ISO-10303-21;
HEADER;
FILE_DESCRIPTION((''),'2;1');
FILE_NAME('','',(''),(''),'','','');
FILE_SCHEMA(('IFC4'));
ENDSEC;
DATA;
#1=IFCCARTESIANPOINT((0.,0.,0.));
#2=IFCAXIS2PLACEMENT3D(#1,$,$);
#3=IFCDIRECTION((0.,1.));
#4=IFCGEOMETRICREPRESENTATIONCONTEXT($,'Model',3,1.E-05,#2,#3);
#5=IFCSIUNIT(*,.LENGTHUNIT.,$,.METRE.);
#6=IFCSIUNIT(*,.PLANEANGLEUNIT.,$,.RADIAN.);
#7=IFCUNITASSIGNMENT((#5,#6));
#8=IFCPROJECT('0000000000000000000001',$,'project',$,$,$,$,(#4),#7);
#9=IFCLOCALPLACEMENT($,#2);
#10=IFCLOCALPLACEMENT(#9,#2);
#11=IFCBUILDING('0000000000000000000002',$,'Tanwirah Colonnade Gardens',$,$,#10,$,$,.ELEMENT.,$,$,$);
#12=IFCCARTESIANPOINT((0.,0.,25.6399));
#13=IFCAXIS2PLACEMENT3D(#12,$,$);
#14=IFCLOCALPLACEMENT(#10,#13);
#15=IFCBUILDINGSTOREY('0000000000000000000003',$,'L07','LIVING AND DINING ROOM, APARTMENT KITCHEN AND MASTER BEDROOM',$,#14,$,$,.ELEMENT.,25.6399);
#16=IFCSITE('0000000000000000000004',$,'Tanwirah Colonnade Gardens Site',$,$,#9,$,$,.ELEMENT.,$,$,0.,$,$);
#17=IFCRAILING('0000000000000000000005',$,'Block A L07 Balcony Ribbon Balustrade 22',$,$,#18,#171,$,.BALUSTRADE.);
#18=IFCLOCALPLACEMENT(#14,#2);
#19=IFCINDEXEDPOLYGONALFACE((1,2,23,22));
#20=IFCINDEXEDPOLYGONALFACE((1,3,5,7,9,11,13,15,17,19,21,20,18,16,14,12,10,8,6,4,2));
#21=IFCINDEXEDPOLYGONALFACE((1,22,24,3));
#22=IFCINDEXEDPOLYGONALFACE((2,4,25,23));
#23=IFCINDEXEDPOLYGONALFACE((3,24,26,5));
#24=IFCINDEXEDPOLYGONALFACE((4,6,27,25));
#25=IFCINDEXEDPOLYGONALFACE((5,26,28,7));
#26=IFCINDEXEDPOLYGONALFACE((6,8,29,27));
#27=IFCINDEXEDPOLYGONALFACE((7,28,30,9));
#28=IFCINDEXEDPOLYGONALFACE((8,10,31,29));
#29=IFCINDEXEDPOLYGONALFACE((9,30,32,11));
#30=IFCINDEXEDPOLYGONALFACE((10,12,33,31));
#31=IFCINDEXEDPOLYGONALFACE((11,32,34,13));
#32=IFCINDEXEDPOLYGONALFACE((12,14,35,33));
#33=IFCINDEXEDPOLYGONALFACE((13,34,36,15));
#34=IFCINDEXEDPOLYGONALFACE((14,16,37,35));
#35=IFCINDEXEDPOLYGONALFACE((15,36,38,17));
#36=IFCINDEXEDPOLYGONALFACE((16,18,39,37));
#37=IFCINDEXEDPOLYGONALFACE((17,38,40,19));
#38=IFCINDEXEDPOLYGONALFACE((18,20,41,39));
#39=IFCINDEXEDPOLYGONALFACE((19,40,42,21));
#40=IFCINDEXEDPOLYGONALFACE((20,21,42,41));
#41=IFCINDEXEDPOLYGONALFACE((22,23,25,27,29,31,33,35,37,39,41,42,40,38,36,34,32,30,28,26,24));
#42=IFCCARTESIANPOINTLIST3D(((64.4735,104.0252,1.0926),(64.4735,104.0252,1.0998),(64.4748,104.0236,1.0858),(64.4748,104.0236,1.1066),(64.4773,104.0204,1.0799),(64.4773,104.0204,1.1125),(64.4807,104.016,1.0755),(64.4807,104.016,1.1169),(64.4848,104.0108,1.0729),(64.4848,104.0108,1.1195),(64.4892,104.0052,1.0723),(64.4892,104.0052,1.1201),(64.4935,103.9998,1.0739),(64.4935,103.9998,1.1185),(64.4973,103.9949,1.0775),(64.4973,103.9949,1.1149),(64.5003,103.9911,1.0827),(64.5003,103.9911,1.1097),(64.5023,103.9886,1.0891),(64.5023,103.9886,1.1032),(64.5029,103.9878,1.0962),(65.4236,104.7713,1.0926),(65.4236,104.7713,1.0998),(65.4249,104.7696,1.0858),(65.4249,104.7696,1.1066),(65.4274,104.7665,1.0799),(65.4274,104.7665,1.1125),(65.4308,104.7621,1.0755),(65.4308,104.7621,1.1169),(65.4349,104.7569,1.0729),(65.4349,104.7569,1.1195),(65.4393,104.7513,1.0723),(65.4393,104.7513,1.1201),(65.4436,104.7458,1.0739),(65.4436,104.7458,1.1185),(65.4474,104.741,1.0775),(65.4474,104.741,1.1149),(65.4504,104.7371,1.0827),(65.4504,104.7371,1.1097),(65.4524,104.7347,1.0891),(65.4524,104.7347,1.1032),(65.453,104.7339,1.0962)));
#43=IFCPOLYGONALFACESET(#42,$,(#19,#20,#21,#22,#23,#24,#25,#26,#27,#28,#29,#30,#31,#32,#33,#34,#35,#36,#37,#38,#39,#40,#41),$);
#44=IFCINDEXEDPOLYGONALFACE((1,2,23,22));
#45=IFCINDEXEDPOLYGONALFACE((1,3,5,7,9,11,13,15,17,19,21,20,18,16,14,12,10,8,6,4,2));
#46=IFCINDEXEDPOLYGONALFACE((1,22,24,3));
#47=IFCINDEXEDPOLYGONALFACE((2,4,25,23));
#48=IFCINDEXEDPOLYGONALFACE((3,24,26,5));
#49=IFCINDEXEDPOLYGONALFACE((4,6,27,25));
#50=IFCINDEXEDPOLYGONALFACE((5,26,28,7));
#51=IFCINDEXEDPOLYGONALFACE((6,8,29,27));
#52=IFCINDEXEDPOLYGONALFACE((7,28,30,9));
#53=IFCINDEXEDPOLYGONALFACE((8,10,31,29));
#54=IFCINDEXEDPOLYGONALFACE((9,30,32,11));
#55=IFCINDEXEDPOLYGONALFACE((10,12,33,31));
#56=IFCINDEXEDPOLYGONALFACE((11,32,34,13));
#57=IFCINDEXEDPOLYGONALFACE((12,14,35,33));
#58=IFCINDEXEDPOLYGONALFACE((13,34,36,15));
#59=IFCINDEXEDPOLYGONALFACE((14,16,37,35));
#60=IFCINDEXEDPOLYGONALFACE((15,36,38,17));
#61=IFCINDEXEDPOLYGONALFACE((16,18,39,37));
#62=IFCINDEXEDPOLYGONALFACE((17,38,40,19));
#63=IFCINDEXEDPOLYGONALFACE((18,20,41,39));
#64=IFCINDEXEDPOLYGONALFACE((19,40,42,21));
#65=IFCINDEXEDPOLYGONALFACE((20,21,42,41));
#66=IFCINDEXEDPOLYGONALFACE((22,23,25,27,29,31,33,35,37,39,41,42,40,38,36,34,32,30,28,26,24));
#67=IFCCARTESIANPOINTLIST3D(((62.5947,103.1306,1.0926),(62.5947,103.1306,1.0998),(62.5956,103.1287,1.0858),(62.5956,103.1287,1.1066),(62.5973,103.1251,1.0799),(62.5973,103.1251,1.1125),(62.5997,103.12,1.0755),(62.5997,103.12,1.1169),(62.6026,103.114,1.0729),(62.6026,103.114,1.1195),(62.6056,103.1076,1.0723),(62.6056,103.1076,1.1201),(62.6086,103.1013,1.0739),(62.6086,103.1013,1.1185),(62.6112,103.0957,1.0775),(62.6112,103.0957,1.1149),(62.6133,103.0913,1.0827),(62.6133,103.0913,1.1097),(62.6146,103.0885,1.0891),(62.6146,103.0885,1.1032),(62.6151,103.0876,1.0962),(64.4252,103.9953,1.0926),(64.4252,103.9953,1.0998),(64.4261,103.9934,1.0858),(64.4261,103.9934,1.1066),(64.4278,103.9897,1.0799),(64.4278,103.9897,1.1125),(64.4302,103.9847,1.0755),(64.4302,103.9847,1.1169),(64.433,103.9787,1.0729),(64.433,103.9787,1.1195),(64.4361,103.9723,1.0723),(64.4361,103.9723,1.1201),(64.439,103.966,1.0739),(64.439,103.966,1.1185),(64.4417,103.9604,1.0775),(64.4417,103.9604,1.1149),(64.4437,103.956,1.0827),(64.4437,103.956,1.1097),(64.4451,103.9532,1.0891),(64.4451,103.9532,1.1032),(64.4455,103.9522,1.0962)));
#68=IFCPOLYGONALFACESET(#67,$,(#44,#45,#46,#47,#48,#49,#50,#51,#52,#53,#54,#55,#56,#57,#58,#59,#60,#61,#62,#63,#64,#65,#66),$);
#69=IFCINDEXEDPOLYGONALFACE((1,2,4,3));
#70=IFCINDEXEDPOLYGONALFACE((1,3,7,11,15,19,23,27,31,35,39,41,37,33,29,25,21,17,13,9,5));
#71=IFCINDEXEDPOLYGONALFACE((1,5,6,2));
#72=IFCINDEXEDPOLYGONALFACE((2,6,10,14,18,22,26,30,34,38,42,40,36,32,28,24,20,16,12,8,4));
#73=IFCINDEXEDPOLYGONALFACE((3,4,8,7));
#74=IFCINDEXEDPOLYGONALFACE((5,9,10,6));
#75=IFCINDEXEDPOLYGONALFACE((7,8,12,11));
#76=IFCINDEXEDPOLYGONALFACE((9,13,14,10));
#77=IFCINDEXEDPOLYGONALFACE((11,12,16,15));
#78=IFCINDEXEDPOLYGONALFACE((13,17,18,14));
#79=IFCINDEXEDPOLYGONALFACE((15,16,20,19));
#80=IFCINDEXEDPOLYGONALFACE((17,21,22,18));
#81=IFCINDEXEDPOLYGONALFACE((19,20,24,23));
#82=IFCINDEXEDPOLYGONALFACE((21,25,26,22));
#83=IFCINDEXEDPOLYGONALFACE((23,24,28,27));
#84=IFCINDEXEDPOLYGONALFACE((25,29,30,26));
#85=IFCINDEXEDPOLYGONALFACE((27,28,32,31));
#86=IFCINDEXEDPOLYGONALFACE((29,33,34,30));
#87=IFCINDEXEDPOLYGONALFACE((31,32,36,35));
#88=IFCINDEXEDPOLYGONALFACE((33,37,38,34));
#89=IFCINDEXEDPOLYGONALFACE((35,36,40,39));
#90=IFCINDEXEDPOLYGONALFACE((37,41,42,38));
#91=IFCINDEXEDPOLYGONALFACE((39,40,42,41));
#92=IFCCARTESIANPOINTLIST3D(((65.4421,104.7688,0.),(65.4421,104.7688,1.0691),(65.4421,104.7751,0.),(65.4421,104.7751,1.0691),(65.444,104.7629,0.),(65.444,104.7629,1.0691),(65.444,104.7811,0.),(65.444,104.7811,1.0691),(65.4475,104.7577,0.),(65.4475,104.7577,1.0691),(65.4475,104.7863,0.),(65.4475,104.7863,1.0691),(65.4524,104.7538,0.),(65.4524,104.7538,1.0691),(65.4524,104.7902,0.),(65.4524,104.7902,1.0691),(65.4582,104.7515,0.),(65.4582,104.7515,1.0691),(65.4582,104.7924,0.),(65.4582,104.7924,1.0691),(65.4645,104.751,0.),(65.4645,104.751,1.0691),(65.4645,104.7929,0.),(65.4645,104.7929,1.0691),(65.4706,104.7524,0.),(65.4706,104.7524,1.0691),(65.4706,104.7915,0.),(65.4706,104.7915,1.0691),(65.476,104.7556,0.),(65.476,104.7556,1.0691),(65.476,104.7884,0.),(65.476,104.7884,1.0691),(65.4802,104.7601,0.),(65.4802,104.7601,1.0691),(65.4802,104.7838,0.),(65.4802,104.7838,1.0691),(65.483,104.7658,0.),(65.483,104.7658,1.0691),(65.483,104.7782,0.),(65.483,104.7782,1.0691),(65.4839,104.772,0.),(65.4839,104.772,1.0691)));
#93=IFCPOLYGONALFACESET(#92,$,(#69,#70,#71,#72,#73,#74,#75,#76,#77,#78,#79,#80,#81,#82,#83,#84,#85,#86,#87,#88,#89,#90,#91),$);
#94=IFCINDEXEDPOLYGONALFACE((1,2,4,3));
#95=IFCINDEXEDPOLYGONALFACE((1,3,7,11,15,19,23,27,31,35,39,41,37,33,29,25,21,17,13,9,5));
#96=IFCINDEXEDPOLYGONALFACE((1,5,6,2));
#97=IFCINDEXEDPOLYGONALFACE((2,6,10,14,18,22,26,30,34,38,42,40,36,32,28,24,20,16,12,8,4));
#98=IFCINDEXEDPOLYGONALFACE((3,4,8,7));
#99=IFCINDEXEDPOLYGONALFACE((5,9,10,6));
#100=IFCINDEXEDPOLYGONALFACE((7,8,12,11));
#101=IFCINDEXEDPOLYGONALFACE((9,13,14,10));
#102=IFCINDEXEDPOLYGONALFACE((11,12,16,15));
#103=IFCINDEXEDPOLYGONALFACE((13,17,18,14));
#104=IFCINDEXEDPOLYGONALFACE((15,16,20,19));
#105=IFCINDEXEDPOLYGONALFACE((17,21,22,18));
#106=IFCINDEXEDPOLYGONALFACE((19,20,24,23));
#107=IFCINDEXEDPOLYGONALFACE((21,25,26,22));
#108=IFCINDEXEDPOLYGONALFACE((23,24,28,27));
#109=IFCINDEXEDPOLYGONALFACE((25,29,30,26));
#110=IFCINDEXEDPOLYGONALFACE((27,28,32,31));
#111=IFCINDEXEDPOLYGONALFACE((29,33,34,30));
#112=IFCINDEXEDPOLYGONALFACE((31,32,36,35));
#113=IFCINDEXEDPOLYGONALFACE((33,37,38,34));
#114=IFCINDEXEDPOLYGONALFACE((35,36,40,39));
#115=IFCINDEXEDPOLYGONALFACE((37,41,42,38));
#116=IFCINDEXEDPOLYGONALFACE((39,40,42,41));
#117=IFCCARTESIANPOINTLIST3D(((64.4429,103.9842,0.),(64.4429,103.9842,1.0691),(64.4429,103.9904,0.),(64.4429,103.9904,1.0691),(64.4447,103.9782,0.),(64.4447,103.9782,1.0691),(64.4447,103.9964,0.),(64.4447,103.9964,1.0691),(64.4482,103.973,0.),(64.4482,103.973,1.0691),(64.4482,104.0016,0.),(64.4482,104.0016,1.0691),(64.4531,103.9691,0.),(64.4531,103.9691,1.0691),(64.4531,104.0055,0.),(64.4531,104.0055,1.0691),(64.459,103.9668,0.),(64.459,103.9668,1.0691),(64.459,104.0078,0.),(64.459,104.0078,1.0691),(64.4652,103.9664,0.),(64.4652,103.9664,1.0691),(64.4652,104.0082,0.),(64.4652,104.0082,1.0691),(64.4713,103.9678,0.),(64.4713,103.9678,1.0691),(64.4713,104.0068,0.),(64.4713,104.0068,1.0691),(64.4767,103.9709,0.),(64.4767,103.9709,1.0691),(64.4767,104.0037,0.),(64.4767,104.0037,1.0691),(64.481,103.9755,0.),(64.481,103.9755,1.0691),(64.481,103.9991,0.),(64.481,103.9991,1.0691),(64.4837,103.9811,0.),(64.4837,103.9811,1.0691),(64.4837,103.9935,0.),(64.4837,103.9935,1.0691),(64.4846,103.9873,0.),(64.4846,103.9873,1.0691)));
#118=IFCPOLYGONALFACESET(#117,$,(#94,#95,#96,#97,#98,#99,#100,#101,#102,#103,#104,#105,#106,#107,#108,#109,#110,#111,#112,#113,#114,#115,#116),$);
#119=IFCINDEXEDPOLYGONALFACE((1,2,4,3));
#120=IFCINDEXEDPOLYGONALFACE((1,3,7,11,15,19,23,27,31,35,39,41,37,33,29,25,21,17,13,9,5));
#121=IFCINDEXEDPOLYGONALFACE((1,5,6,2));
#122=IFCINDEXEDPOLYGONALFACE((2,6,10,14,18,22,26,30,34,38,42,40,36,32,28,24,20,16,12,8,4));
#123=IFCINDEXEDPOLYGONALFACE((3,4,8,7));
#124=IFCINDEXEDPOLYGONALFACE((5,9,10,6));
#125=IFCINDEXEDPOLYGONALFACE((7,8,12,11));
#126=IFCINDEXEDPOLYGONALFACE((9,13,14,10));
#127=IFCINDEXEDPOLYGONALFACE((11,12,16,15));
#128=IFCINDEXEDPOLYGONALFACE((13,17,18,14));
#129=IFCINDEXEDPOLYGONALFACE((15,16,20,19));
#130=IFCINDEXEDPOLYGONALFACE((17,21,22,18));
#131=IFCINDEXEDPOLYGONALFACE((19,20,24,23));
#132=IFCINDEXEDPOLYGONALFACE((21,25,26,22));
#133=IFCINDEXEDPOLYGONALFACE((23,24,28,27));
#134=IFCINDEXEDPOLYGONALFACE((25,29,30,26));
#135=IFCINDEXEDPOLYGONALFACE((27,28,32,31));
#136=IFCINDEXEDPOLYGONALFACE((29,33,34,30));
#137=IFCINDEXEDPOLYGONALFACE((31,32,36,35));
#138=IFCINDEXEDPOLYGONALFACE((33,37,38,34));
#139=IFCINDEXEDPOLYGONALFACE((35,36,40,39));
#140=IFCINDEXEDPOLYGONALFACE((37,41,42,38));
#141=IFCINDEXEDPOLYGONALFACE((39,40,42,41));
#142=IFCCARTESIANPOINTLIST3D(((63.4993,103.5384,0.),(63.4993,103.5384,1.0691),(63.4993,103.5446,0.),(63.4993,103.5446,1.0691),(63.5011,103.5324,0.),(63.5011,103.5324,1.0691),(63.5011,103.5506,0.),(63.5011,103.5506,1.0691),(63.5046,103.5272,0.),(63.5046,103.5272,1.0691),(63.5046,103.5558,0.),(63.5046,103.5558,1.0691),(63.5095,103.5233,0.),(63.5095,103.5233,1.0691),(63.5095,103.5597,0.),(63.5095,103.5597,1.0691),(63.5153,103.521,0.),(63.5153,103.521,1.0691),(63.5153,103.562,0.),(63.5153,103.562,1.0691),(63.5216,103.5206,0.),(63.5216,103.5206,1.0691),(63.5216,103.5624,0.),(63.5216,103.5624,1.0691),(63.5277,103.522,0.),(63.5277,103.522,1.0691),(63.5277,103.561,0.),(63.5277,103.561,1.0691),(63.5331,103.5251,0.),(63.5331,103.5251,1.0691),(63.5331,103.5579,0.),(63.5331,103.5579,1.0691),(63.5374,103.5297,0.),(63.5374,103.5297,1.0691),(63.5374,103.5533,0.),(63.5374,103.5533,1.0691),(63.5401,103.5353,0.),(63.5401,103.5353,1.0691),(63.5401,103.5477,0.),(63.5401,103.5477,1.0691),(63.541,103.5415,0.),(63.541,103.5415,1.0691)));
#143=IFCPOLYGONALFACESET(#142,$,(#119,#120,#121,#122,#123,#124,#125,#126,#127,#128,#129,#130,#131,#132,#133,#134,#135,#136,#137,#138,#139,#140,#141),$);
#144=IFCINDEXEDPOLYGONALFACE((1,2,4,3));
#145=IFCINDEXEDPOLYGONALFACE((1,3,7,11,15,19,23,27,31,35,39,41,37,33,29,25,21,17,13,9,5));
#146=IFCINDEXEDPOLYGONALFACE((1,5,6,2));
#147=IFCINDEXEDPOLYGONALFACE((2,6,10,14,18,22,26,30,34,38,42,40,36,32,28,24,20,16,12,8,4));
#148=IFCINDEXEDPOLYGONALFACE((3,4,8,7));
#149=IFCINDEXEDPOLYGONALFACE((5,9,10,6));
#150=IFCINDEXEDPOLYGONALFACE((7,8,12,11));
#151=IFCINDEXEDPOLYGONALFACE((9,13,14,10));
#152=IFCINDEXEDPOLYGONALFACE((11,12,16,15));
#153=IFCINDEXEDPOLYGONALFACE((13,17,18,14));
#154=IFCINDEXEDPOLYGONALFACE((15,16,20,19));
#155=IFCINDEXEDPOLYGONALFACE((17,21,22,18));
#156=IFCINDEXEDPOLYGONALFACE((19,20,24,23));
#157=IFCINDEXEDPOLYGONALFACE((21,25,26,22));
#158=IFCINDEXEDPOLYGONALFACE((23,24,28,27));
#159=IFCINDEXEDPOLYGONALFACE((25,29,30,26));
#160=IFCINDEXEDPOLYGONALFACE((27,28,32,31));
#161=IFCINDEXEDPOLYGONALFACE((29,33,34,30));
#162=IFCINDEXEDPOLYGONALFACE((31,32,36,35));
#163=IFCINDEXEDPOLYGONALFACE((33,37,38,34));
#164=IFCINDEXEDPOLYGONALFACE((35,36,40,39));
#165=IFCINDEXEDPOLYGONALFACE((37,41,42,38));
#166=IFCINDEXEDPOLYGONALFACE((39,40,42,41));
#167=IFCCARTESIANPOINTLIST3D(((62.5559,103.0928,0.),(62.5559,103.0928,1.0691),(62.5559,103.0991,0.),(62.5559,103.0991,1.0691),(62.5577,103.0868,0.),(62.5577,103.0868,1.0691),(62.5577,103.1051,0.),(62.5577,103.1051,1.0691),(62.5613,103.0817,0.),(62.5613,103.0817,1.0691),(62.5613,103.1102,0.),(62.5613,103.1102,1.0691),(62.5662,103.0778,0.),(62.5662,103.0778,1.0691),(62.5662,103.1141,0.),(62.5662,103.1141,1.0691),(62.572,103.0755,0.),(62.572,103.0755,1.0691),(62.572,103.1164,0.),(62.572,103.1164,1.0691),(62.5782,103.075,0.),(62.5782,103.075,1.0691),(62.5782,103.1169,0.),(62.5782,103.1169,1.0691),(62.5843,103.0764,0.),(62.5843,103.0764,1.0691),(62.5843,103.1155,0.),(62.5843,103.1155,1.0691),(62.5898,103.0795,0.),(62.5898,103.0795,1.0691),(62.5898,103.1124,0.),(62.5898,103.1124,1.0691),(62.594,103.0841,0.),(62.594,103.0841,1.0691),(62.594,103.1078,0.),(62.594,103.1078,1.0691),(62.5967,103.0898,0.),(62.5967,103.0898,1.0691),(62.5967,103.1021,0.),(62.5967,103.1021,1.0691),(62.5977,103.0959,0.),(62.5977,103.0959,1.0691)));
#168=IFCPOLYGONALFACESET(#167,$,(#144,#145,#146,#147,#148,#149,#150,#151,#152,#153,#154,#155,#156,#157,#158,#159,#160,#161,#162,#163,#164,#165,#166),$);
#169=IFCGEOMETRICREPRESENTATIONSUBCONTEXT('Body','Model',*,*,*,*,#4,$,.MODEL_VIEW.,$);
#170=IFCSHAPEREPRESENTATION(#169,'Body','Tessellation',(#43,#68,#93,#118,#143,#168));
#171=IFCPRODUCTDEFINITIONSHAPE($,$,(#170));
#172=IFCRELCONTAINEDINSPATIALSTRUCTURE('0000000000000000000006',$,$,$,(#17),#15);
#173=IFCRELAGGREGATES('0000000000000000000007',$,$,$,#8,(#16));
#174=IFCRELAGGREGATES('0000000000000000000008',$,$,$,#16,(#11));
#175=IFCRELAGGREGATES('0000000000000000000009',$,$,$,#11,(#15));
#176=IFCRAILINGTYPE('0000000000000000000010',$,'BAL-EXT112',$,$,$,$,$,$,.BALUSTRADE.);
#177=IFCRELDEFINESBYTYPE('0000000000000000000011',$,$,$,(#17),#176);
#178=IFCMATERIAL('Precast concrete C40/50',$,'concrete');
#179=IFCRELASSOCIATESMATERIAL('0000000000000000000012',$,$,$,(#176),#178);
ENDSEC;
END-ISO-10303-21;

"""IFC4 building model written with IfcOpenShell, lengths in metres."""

from ifc_helpers import new_model, si_unit, direction, frame, origin, origin_2d, place, context, subcontext, project, spatial, circle, extrude, material, type_object, element, save


model = new_model("IFC4")

# Units and contexts
model_context = context("Model", 3, precision=1e-05, world=origin(), true_north=direction((0.0, 1.0)))
body_context = subcontext(model_context, "Body", "Model", "MODEL_VIEW")
ifc_project = project(units=[si_unit("LENGTHUNIT", "METRE"), si_unit("PLANEANGLEUNIT", "RADIAN")], contexts=[model_context])

# Site, building, storey
site_placement = place(None, origin())
site = spatial("IfcSite", under=ifc_project, at=site_placement, Name="Tanwirah Colonnade Gardens Site", CompositionType="ELEMENT", RefElevation=0.0)
building_placement = place(site_placement, origin())
building = spatial("IfcBuilding", under=site, at=building_placement, Name="Tanwirah Colonnade Gardens", CompositionType="ELEMENT")
storey_placement = place(building_placement, frame((0.0, 0.0, 25.6399)))
storey = spatial("IfcBuildingStorey", under=building, at=storey_placement, Name="L07", Description="LIVING AND DINING ROOM, APARTMENT KITCHEN AND MASTER BEDROOM", CompositionType="ELEMENT", Elevation=25.6399)

# Shared definitions
ifc_material_1 = material(Name="Precast concrete C40/50", Category="concrete")

# Railing
railing_type = type_object("IfcRailingType", Name="BAL-EXT112", PredefinedType="BALUSTRADE", material=ifc_material_1)
railing_1_placement = place(storey_placement, frame((65.4629, 104.772, 0.0)))
element("IfcRailing", 1, at=railing_1_placement, inside=storey, type_object=railing_type, Name="Block A L07 Balcony Ribbon Balustrade 22", PredefinedType="BALUSTRADE", context=body_context, shape_type="SweptSolid", body=[
    extrude(circle(Radius=0.0239, at=origin_2d()), frame((-0.0247, -0.0193, 1.0962), z_axis=(-0.786498, -0.617592, 0.0), x_axis=(0.617592, -0.786498, 0.0)), (0.0, 0.0, 1.0), 1.208),
    extrude(circle(Radius=0.0239, at=origin_2d()), frame((-1.0276, -0.7981, 1.0962), z_axis=(-0.904195, -0.427121, 0.0), x_axis=(0.427121, -0.904195, 0.0)), (0.0, 0.0, 1.0), 2.0244),
    extrude(circle(Radius=0.021, at=origin_2d()), origin(), (0.0, 0.0, 1.0), 1.0691),
    extrude(circle(Radius=0.021, at=origin_2d()), frame((-0.9993, -0.7847, 0.0)), (0.0, 0.0, 1.0), 1.0691),
    extrude(circle(Radius=0.021, at=origin_2d()), frame((-1.9429, -1.2305, 0.0)), (0.0, 0.0, 1.0), 1.0691),
    extrude(circle(Radius=0.021, at=origin_2d()), frame((-2.8862, -1.676, 0.0)), (0.0, 0.0, 1.0), 1.0691),
])

save(model, "model.ifc")
